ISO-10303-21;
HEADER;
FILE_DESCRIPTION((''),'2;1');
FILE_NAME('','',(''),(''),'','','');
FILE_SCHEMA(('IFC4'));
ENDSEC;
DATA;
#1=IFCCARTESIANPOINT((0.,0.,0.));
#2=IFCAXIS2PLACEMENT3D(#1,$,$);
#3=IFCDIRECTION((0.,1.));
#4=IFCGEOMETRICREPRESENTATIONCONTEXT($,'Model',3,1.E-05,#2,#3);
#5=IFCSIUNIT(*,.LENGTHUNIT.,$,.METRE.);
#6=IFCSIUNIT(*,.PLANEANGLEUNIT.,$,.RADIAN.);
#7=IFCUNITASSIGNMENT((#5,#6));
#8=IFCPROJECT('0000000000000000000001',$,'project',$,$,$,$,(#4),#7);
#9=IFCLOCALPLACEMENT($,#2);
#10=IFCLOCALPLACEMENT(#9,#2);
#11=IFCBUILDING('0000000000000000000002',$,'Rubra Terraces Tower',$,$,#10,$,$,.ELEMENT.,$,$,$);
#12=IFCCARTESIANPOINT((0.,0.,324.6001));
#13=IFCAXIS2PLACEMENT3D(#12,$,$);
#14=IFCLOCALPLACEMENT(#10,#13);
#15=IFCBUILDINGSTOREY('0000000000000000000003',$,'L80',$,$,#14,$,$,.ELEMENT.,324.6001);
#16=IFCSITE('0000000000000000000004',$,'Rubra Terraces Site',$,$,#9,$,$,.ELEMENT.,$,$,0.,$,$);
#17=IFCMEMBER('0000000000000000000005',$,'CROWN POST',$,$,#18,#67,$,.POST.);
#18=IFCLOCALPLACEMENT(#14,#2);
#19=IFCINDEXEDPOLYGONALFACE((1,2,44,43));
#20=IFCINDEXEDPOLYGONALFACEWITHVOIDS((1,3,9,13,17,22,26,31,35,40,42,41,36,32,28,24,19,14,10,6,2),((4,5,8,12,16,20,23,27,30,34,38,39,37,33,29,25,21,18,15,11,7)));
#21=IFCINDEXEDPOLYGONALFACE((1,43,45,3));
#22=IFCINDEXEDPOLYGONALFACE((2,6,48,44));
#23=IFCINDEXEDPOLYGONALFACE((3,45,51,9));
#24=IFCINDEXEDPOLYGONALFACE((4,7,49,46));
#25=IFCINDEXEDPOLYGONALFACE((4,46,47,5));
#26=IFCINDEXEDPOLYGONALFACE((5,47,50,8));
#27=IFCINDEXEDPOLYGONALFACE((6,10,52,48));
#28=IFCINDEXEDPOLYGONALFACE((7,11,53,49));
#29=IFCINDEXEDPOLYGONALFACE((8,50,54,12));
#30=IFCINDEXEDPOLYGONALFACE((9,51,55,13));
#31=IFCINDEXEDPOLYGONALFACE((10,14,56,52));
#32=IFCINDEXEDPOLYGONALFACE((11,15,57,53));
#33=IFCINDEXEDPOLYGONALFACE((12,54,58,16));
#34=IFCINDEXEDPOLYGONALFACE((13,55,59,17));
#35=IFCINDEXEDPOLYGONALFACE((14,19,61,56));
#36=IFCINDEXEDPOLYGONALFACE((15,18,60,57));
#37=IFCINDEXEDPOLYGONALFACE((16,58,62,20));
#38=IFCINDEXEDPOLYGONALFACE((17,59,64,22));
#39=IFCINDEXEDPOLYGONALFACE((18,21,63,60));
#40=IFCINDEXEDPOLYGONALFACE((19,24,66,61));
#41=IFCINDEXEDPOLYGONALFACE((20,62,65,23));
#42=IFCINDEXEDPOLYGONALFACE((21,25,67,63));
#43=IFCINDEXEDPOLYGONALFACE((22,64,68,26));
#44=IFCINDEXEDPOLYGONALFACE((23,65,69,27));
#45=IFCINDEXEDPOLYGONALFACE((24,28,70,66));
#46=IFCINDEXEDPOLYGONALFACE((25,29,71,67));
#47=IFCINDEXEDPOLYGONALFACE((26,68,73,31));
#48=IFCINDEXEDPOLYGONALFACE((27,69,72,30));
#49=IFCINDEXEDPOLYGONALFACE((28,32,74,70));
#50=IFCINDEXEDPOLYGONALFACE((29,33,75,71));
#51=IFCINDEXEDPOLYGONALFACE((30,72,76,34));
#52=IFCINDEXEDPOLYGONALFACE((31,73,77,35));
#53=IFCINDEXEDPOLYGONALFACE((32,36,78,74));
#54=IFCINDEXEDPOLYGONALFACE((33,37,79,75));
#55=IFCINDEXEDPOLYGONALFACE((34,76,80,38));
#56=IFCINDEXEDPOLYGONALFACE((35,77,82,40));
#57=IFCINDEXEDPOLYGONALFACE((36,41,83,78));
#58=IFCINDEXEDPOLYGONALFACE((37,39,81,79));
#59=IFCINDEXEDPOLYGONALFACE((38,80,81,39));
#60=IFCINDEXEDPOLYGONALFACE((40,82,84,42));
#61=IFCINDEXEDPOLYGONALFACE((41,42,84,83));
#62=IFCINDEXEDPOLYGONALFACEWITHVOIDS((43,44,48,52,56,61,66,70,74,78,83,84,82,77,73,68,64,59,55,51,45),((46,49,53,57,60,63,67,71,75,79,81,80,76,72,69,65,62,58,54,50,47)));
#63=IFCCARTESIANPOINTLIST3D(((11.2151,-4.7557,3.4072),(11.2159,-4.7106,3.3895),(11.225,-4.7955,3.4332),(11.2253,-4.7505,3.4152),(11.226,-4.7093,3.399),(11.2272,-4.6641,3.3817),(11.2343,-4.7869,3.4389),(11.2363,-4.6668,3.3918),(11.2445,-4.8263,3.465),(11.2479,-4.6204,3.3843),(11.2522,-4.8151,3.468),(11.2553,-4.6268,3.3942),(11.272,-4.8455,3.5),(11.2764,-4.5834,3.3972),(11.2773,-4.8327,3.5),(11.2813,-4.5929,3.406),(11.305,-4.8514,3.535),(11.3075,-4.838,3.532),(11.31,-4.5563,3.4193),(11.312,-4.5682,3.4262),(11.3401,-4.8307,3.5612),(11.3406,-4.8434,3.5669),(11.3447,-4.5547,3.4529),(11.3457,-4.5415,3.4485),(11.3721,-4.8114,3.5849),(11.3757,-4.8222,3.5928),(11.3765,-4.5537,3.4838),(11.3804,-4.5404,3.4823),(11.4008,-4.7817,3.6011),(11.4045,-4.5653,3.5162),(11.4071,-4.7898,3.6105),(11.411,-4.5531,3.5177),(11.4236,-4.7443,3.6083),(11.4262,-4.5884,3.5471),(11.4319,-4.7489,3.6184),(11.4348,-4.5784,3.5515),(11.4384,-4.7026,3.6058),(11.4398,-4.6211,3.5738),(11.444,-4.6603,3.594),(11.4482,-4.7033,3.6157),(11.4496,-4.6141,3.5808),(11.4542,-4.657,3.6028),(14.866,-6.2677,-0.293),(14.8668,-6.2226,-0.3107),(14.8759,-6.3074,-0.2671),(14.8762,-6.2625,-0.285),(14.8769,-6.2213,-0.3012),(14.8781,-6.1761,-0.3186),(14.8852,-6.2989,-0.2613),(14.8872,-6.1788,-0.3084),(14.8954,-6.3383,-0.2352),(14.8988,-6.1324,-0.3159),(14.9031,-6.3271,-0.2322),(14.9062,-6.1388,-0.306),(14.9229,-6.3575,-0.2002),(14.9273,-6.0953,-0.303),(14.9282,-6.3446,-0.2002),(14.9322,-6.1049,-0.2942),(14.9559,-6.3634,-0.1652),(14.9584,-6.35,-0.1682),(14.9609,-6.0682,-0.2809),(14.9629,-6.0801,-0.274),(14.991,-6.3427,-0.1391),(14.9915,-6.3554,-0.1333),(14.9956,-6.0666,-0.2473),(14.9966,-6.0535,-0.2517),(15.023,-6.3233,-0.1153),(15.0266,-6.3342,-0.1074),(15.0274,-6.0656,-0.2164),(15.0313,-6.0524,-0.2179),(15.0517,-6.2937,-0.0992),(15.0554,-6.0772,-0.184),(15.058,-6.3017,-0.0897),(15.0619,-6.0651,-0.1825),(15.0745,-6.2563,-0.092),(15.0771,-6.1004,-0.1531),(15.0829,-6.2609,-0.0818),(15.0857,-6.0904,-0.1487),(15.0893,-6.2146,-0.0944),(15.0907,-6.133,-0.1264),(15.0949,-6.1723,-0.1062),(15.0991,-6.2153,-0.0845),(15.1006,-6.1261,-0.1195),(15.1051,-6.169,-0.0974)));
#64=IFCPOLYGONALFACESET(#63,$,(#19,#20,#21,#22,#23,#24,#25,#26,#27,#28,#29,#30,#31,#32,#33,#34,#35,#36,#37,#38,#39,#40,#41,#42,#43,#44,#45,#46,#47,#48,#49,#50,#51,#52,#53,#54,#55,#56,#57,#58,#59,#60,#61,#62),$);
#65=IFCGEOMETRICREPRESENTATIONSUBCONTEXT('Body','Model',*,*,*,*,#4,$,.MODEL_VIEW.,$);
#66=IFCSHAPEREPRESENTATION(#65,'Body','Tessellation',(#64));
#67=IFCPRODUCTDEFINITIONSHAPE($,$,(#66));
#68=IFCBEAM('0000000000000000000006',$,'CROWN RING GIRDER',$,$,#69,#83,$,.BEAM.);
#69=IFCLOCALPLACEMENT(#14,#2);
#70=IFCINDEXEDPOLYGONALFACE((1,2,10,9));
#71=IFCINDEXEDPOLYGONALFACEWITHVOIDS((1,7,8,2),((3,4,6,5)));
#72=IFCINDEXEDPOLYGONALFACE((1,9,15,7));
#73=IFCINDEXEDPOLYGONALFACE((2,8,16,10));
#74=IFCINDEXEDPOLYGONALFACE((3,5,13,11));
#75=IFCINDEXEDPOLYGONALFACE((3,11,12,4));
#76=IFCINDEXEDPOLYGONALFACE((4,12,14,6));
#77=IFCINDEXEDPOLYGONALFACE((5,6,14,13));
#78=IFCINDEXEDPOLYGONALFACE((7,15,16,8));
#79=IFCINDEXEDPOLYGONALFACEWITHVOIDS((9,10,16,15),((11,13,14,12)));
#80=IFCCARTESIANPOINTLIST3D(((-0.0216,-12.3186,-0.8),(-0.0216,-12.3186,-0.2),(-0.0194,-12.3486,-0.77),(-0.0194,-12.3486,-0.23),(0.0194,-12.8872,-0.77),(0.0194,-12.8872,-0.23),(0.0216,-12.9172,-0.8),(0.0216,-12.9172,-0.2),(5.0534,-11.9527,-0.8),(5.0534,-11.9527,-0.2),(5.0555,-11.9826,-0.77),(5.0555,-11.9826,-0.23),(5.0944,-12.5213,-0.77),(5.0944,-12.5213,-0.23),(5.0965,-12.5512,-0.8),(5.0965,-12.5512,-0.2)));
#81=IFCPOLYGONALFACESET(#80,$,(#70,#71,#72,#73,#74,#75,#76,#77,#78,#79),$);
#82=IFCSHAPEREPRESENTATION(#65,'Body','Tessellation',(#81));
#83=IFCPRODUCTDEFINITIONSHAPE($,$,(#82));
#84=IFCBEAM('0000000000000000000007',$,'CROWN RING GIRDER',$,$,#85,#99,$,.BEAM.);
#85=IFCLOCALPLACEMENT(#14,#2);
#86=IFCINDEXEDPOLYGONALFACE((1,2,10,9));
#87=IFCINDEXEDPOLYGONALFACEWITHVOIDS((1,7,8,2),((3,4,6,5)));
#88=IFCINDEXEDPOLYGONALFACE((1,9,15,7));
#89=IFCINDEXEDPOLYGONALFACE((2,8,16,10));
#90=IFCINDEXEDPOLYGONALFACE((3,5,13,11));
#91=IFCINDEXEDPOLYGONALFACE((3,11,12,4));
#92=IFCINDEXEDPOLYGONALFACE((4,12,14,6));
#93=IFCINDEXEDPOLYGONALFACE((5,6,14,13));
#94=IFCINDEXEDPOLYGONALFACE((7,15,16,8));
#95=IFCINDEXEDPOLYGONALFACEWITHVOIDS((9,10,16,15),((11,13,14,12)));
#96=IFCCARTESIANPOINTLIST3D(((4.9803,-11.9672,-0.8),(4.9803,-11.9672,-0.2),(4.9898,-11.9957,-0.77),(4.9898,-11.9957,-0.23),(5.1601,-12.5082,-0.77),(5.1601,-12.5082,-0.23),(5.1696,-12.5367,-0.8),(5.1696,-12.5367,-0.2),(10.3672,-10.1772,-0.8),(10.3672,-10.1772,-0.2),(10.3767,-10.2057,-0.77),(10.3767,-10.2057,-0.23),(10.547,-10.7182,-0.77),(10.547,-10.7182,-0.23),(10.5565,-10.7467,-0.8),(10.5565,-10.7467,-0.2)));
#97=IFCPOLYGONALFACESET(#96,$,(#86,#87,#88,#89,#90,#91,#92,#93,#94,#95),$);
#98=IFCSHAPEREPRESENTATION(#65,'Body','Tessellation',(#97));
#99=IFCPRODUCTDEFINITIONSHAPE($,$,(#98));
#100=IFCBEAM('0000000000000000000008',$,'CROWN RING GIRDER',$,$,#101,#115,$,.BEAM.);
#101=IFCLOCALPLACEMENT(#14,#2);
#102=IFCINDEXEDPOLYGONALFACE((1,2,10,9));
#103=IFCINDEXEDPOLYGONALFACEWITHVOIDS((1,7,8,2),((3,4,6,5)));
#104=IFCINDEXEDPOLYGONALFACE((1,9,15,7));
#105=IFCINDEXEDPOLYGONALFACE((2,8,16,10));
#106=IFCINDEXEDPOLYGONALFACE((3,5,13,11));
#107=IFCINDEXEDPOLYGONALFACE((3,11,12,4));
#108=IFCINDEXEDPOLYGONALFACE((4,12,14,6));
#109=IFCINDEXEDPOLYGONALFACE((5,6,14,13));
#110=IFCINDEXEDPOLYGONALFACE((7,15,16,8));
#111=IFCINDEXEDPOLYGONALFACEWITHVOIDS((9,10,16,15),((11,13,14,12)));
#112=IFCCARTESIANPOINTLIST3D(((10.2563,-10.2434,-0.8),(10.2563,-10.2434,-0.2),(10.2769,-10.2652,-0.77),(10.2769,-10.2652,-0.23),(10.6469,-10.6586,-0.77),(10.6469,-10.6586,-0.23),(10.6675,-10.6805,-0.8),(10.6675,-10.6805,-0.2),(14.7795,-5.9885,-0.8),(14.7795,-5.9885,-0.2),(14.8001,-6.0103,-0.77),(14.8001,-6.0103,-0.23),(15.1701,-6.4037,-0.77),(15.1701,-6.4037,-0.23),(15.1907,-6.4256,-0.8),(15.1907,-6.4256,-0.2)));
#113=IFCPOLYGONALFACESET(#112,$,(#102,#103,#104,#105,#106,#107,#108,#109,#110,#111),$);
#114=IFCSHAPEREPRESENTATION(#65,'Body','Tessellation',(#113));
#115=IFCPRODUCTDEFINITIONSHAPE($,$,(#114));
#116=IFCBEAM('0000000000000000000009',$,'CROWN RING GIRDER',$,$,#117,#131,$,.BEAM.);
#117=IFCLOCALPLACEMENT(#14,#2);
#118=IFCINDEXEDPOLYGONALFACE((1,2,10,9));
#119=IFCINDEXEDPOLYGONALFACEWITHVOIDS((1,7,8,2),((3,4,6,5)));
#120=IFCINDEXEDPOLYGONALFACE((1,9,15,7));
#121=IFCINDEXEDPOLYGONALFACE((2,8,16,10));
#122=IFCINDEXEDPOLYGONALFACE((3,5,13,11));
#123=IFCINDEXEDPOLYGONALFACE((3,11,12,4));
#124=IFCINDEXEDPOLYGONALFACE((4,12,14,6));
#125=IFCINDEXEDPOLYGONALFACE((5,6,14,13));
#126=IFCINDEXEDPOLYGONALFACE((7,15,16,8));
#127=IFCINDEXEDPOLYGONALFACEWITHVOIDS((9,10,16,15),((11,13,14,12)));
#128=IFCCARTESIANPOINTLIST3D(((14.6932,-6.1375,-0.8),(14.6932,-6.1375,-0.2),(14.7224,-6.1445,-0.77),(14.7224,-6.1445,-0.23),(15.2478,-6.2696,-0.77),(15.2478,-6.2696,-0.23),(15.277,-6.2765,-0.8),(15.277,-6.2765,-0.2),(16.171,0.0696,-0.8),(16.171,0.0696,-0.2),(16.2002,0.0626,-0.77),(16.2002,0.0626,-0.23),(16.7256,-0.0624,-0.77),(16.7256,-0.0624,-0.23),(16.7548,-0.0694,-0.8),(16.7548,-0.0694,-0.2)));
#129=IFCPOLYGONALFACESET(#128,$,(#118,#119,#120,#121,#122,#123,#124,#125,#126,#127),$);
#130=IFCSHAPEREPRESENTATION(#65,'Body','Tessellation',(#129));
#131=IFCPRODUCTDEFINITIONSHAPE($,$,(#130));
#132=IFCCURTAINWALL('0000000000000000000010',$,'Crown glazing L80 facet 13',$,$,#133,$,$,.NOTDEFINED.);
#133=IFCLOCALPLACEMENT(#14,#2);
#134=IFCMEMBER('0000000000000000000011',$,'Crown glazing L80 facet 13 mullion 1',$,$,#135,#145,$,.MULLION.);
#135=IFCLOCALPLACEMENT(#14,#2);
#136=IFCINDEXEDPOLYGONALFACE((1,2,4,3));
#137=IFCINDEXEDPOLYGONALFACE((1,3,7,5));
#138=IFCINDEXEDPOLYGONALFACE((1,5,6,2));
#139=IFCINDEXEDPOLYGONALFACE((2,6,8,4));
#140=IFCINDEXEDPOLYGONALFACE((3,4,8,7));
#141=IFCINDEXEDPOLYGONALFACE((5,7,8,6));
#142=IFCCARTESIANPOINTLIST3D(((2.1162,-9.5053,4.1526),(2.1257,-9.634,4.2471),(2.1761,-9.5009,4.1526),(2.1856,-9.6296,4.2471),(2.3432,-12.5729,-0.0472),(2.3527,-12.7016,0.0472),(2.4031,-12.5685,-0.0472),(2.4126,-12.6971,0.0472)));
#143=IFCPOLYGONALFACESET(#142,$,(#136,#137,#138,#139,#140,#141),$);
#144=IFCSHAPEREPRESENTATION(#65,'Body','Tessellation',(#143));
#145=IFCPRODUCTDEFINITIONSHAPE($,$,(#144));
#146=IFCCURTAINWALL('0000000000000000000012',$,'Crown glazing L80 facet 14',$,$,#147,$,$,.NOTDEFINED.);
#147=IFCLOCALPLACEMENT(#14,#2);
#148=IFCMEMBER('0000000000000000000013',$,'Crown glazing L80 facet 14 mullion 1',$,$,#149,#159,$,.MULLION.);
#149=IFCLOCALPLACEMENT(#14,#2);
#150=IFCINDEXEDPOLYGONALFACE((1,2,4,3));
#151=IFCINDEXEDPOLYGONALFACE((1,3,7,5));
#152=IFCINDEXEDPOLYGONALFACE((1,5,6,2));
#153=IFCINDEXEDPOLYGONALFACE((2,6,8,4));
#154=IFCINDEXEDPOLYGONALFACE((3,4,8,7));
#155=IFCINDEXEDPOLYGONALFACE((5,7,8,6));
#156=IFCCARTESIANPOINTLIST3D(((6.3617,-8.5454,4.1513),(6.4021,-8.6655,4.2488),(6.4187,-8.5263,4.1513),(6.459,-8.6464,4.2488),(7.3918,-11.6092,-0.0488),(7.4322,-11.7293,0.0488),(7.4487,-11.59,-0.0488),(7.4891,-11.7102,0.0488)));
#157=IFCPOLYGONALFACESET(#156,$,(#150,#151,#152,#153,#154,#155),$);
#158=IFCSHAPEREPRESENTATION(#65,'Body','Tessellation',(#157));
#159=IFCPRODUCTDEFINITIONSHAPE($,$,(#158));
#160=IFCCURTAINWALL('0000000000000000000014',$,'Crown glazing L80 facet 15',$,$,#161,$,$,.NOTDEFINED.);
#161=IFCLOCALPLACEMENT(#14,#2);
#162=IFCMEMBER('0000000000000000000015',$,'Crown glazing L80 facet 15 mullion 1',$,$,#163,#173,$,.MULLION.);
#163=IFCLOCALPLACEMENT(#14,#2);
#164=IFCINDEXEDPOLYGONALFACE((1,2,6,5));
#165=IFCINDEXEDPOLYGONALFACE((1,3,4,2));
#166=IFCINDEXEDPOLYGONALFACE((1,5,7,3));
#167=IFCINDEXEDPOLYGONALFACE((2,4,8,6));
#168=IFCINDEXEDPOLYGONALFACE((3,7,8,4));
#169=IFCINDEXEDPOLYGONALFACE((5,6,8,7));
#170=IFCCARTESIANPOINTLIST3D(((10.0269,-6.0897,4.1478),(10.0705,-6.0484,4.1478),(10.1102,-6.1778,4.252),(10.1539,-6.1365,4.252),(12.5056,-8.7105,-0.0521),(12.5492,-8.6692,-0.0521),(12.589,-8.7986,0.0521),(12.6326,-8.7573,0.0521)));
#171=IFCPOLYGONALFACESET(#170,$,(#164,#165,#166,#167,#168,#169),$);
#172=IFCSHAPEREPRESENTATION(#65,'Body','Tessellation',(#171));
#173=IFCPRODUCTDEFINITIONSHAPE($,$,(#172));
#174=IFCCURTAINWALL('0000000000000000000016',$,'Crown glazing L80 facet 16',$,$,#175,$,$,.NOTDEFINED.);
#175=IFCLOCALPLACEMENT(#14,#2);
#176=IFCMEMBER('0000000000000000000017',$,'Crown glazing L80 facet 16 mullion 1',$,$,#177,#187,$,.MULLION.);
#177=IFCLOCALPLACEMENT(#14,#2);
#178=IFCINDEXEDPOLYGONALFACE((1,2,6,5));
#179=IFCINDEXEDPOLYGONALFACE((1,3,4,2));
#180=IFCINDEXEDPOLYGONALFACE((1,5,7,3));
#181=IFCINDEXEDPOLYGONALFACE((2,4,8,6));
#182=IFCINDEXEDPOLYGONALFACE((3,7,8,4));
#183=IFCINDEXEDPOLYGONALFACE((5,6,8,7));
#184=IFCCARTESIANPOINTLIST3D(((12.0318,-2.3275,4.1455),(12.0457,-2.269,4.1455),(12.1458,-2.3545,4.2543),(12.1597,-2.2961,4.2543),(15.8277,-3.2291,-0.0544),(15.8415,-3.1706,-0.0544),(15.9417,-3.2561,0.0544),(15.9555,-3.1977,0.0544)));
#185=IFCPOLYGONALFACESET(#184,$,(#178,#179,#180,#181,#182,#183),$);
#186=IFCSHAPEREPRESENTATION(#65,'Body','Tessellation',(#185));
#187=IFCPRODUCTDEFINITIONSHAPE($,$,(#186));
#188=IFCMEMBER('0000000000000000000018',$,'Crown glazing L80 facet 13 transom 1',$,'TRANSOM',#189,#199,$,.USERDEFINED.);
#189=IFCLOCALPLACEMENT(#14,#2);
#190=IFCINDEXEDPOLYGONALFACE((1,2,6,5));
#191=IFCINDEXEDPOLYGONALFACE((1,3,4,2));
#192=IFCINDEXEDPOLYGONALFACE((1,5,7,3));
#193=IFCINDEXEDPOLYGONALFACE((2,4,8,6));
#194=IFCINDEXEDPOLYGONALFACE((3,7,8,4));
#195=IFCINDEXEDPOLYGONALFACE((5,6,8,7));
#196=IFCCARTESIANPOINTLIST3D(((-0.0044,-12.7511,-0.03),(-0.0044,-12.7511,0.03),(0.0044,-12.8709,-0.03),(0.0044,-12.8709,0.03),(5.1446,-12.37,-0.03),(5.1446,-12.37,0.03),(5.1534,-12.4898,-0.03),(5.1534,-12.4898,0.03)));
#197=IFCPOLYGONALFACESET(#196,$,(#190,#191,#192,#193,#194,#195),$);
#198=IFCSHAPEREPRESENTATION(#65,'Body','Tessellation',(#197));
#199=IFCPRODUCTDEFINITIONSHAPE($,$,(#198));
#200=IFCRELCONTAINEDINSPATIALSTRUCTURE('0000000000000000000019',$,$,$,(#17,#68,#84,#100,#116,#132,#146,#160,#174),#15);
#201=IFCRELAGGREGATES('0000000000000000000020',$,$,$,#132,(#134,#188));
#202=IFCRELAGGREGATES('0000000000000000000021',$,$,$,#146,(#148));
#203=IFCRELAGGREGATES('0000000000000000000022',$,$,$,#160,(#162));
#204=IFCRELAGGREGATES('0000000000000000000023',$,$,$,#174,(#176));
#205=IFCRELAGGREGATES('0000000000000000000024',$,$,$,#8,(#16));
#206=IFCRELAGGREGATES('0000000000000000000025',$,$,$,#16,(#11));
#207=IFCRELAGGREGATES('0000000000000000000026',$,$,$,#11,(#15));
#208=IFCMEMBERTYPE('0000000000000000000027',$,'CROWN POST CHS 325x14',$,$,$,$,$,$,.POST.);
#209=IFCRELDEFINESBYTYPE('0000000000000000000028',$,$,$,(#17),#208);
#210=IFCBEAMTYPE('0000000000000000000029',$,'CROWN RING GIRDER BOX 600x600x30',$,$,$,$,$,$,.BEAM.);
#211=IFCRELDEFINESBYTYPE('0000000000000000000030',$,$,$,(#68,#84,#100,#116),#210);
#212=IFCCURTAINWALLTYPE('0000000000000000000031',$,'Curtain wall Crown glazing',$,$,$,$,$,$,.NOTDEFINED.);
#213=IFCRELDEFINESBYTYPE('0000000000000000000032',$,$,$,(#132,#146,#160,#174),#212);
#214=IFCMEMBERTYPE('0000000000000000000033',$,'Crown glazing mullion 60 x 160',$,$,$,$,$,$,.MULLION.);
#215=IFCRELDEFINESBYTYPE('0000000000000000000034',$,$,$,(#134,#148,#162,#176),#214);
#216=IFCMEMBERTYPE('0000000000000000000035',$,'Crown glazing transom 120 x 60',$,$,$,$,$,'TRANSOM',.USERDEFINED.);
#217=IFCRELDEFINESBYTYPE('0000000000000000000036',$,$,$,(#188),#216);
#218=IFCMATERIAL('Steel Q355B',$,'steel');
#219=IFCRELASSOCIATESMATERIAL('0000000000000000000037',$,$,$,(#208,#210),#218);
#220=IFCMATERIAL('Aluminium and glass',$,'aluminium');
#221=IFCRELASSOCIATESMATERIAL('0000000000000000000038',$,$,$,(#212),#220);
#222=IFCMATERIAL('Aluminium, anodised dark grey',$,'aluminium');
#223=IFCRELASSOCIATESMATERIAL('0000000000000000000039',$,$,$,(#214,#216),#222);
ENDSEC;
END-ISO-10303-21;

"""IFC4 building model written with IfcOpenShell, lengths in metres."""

from ifc_helpers import new_model, si_unit, direction, frame, origin, origin_2d, place, context, subcontext, project, spatial, rectangle, hollow_rectangle, hollow_circle, extrude, material, material_profile, profile_set, type_object, element, aggregate, save


model = new_model("IFC4")

# Units and contexts
model_context = context("Model", 3, precision=1e-05, world=origin(), true_north=direction((0.0, 1.0)))
body_context = subcontext(model_context, "Body", "Model", "MODEL_VIEW")
ifc_project = project(units=[si_unit("LENGTHUNIT", "METRE"), si_unit("PLANEANGLEUNIT", "RADIAN")], contexts=[model_context])

# Site, building, storey
site_placement = place(None, origin())
site = spatial("IfcSite", under=ifc_project, at=site_placement, Name="Rubra Terraces Site", CompositionType="ELEMENT", RefElevation=0.0)
building_placement = place(site_placement, origin())
building = spatial("IfcBuilding", under=site, at=building_placement, Name="Rubra Terraces Tower", CompositionType="ELEMENT")
storey_placement = place(building_placement, frame((0.0, 0.0, 324.6001)))
storey = spatial("IfcBuildingStorey", under=building, at=storey_placement, Name="L80", CompositionType="ELEMENT", Elevation=324.6001)

# Member
ifc_material_1 = material(Name="Steel Q355B", Category="steel")
ifc_material_profile_1 = material_profile(ifc_material_1, hollow_circle(Radius=0.1626, WallThickness=0.0139, at=origin_2d()), Name="CHS 325x14")
ifc_profile_set_1 = profile_set([ifc_material_profile_1], Name="Steel Q355B")
member_type_1 = type_object("IfcMemberType", Name="CROWN POST CHS 325x14", PredefinedType="POST", material=ifc_profile_set_1)
member_1_placement = place(storey_placement, frame((14.9851, -6.2073, -0.2002), z_axis=(-0.674398, 0.279293, 0.683508), x_axis=(-0.382623, -0.923905, 0.0)))
element("IfcMember", 1, at=member_1_placement, inside=storey, type_object=member_type_1, Name="CROWN POST", PredefinedType="POST", context=body_context, shape_type="SweptSolid", body=[
    extrude(hollow_circle(Radius=0.1626, WallThickness=0.0139, at=origin_2d()), origin(), (0.0, 0.0, 1.0), 5.4136),
])

# Beams
ifc_material_profile_2 = material_profile(ifc_material_1, hollow_rectangle(XDim=0.6001, YDim=0.6001, WallThickness=0.03, at=origin_2d()), Name="BOX 600x600x30")
ifc_profile_set_2 = profile_set([ifc_material_profile_2], Name="Steel Q355B")
beam_type_1 = type_object("IfcBeamType", Name="CROWN RING GIRDER BOX 600x600x30", PredefinedType="BEAM", material=ifc_profile_set_2)
beam_1_placement = place(storey_placement, frame((0.0, -12.6179, -0.5), z_axis=(0.99741, 0.071926, 0.0), x_axis=(-0.071926, 0.99741, 0.0)))
element("IfcBeam", 2, at=beam_1_placement, inside=storey, type_object=beam_type_1, Name="CROWN RING GIRDER", PredefinedType="BEAM", context=body_context, shape_type="SweptSolid", body=[
    extrude(hollow_rectangle(XDim=0.6001, YDim=0.6001, WallThickness=0.03, at=origin_2d()), origin(), (0.0, 0.0, 1.0), 5.0881),
])
beam_2_placement = place(storey_placement, frame((5.075, -12.252, -0.5), z_axis=(0.94898, 0.315337, 0.0), x_axis=(-0.315337, 0.94898, 0.0)))
element("IfcBeam", 3, at=beam_2_placement, inside=storey, type_object=beam_type_1, Name="CROWN RING GIRDER", PredefinedType="BEAM", context=body_context, shape_type="SweptSolid", body=[
    extrude(hollow_rectangle(XDim=0.6001, YDim=0.6001, WallThickness=0.03, at=origin_2d()), origin(), (0.0, 0.0, 1.0), 5.6765),
])
beam_3_placement = place(storey_placement, frame((10.4619, -10.4619, -0.5), z_axis=(0.72838, 0.685173, 0.0), x_axis=(-0.685173, 0.72838, 0.0)))
element("IfcBeam", 4, at=beam_3_placement, inside=storey, type_object=beam_type_1, Name="CROWN RING GIRDER", PredefinedType="BEAM", context=body_context, shape_type="SweptSolid", body=[
    extrude(hollow_rectangle(XDim=0.6001, YDim=0.6001, WallThickness=0.03, at=origin_2d()), origin(), (0.0, 0.0, 1.0), 6.21),
])
beam_4_placement = place(storey_placement, frame((14.9851, -6.207, -0.5), z_axis=(0.231608, 0.972809, 0.0), x_axis=(-0.972809, 0.231608, 0.0)))
element("IfcBeam", 5, at=beam_4_placement, inside=storey, type_object=beam_type_1, Name="CROWN RING GIRDER", PredefinedType="BEAM", context=body_context, shape_type="SweptSolid", body=[
    extrude(hollow_rectangle(XDim=0.6001, YDim=0.6001, WallThickness=0.03, at=origin_2d()), origin(), (0.0, 0.0, 1.0), 6.3806),
])

# Curtain walls, members
ifc_material_2 = material(Name="Aluminium and glass", Category="aluminium")
curtain_wall_type = type_object("IfcCurtainWallType", Name="Curtain wall Crown glazing", PredefinedType="NOTDEFINED", material=ifc_material_2)
curtain_wall_1_placement = place(storey_placement, origin())
curtain_wall_1 = element("IfcCurtainWall", 6, at=curtain_wall_1_placement, inside=storey, type_object=curtain_wall_type, Name="Crown glazing L80 facet 13", PredefinedType="NOTDEFINED")
ifc_material_3 = material(Name="Aluminium, anodised dark grey", Category="aluminium")
ifc_material_profile_3 = material_profile(ifc_material_3, rectangle(XDim=0.0601, YDim=0.1599, at=origin_2d()), Name="AL 60x160")
ifc_profile_set_3 = profile_set([ifc_material_profile_3], Name="Aluminium, anodised dark grey")
member_type_2 = type_object("IfcMemberType", Name="Crown glazing mullion 60 x 160", PredefinedType="MULLION", material=ifc_profile_set_3)
member_2_placement = place(storey_placement, frame((2.3779, -12.635, 0.0), z_axis=(-0.043614, 0.589259, 0.806766), x_axis=(-0.997272, -0.073813, 0.0)))
member_2 = element("IfcMember", 7, at=member_2_placement, type_object=member_type_2, Name="Crown glazing L80 facet 13 mullion 1", PredefinedType="MULLION", context=body_context, shape_type="SweptSolid", body=[
    extrude(rectangle(XDim=0.0601, YDim=0.1599, at=origin_2d()), origin(), (0.0, 0.0, 1.0), 5.2058),
])
curtain_wall_2_placement = place(storey_placement, origin())
curtain_wall_2 = element("IfcCurtainWall", 8, at=curtain_wall_2_placement, inside=storey, type_object=curtain_wall_type, Name="Crown glazing L80 facet 14", PredefinedType="NOTDEFINED")
member_3_placement = place(storey_placement, frame((7.4404, -11.6597, 0.0), z_axis=(-0.194356, 0.578092, 0.792487), x_axis=(-0.947864, -0.318674, 0.0)))
member_3 = element("IfcMember", 9, at=member_3_placement, type_object=member_type_2, Name="Crown glazing L80 facet 14 mullion 1", PredefinedType="MULLION", context=body_context, shape_type="SweptSolid", body=[
    extrude(rectangle(XDim=0.0601, YDim=0.1599, at=origin_2d()), origin(), (0.0, 0.0, 1.0), 5.2998),
])
curtain_wall_3_placement = place(storey_placement, origin())
curtain_wall_3 = element("IfcCurtainWall", 10, at=curtain_wall_3_placement, inside=storey, type_object=curtain_wall_type, Name="Crown glazing L80 facet 15", PredefinedType="NOTDEFINED")
member_4_placement = place(storey_placement, frame((12.5691, -8.7339, 0.0), z_axis=(-0.447713, 0.473378, 0.758595), x_axis=(-0.726527, -0.687138, 0.0)))
member_4 = element("IfcMember", 11, at=member_4_placement, type_object=member_type_2, Name="Crown glazing L80 facet 15 mullion 1", PredefinedType="MULLION", context=body_context, shape_type="SweptSolid", body=[
    extrude(rectangle(XDim=0.0601, YDim=0.1599, at=origin_2d()), origin(), (0.0, 0.0, 1.0), 5.5364),
])
curtain_wall_4_placement = place(storey_placement, origin())
curtain_wall_4 = element("IfcCurtainWall", 12, at=curtain_wall_4_placement, inside=storey, type_object=curtain_wall_type, Name="Crown glazing L80 facet 16", PredefinedType="NOTDEFINED")
member_5_placement = place(storey_placement, frame((15.8916, -3.2134, 0.0), z_axis=(-0.662174, 0.157281, 0.732659), x_axis=(-0.231093, -0.972932, 0.0)))
member_5 = element("IfcMember", 13, at=member_5_placement, type_object=member_type_2, Name="Crown glazing L80 facet 16 mullion 1", PredefinedType="MULLION", context=body_context, shape_type="SweptSolid", body=[
    extrude(rectangle(XDim=0.0601, YDim=0.1599, at=origin_2d()), origin(), (0.0, 0.0, 1.0), 5.7324),
])

# Member
ifc_material_profile_4 = material_profile(ifc_material_3, rectangle(XDim=0.1201, YDim=0.0601, at=origin_2d()), Name="AL 120x60")
ifc_profile_set_4 = profile_set([ifc_material_profile_4], Name="Aluminium, anodised dark grey")
member_type_3 = type_object("IfcMemberType", Name="Crown glazing transom 120 x 60", ElementType="TRANSOM", PredefinedType="USERDEFINED", material=ifc_profile_set_4)
member_6_placement = place(storey_placement, frame((0.0, -12.811, 0.0), z_axis=(0.997272, 0.073814, 0.0), x_axis=(-0.073814, 0.997272, 0.0)))
member_6 = element("IfcMember", 14, at=member_6_placement, type_object=member_type_3, Name="Crown glazing L80 facet 13 transom 1", ObjectType="TRANSOM", PredefinedType="USERDEFINED", context=body_context, shape_type="SweptSolid", body=[
    extrude(rectangle(XDim=0.1201, YDim=0.0601, at=origin_2d()), origin(), (0.0, 0.0, 1.0), 5.1631),
])

aggregate(curtain_wall_1, [member_2, member_6])
aggregate(curtain_wall_2, [member_3])
aggregate(curtain_wall_3, [member_4])
aggregate(curtain_wall_4, [member_5])

save(model, "model.ifc")
